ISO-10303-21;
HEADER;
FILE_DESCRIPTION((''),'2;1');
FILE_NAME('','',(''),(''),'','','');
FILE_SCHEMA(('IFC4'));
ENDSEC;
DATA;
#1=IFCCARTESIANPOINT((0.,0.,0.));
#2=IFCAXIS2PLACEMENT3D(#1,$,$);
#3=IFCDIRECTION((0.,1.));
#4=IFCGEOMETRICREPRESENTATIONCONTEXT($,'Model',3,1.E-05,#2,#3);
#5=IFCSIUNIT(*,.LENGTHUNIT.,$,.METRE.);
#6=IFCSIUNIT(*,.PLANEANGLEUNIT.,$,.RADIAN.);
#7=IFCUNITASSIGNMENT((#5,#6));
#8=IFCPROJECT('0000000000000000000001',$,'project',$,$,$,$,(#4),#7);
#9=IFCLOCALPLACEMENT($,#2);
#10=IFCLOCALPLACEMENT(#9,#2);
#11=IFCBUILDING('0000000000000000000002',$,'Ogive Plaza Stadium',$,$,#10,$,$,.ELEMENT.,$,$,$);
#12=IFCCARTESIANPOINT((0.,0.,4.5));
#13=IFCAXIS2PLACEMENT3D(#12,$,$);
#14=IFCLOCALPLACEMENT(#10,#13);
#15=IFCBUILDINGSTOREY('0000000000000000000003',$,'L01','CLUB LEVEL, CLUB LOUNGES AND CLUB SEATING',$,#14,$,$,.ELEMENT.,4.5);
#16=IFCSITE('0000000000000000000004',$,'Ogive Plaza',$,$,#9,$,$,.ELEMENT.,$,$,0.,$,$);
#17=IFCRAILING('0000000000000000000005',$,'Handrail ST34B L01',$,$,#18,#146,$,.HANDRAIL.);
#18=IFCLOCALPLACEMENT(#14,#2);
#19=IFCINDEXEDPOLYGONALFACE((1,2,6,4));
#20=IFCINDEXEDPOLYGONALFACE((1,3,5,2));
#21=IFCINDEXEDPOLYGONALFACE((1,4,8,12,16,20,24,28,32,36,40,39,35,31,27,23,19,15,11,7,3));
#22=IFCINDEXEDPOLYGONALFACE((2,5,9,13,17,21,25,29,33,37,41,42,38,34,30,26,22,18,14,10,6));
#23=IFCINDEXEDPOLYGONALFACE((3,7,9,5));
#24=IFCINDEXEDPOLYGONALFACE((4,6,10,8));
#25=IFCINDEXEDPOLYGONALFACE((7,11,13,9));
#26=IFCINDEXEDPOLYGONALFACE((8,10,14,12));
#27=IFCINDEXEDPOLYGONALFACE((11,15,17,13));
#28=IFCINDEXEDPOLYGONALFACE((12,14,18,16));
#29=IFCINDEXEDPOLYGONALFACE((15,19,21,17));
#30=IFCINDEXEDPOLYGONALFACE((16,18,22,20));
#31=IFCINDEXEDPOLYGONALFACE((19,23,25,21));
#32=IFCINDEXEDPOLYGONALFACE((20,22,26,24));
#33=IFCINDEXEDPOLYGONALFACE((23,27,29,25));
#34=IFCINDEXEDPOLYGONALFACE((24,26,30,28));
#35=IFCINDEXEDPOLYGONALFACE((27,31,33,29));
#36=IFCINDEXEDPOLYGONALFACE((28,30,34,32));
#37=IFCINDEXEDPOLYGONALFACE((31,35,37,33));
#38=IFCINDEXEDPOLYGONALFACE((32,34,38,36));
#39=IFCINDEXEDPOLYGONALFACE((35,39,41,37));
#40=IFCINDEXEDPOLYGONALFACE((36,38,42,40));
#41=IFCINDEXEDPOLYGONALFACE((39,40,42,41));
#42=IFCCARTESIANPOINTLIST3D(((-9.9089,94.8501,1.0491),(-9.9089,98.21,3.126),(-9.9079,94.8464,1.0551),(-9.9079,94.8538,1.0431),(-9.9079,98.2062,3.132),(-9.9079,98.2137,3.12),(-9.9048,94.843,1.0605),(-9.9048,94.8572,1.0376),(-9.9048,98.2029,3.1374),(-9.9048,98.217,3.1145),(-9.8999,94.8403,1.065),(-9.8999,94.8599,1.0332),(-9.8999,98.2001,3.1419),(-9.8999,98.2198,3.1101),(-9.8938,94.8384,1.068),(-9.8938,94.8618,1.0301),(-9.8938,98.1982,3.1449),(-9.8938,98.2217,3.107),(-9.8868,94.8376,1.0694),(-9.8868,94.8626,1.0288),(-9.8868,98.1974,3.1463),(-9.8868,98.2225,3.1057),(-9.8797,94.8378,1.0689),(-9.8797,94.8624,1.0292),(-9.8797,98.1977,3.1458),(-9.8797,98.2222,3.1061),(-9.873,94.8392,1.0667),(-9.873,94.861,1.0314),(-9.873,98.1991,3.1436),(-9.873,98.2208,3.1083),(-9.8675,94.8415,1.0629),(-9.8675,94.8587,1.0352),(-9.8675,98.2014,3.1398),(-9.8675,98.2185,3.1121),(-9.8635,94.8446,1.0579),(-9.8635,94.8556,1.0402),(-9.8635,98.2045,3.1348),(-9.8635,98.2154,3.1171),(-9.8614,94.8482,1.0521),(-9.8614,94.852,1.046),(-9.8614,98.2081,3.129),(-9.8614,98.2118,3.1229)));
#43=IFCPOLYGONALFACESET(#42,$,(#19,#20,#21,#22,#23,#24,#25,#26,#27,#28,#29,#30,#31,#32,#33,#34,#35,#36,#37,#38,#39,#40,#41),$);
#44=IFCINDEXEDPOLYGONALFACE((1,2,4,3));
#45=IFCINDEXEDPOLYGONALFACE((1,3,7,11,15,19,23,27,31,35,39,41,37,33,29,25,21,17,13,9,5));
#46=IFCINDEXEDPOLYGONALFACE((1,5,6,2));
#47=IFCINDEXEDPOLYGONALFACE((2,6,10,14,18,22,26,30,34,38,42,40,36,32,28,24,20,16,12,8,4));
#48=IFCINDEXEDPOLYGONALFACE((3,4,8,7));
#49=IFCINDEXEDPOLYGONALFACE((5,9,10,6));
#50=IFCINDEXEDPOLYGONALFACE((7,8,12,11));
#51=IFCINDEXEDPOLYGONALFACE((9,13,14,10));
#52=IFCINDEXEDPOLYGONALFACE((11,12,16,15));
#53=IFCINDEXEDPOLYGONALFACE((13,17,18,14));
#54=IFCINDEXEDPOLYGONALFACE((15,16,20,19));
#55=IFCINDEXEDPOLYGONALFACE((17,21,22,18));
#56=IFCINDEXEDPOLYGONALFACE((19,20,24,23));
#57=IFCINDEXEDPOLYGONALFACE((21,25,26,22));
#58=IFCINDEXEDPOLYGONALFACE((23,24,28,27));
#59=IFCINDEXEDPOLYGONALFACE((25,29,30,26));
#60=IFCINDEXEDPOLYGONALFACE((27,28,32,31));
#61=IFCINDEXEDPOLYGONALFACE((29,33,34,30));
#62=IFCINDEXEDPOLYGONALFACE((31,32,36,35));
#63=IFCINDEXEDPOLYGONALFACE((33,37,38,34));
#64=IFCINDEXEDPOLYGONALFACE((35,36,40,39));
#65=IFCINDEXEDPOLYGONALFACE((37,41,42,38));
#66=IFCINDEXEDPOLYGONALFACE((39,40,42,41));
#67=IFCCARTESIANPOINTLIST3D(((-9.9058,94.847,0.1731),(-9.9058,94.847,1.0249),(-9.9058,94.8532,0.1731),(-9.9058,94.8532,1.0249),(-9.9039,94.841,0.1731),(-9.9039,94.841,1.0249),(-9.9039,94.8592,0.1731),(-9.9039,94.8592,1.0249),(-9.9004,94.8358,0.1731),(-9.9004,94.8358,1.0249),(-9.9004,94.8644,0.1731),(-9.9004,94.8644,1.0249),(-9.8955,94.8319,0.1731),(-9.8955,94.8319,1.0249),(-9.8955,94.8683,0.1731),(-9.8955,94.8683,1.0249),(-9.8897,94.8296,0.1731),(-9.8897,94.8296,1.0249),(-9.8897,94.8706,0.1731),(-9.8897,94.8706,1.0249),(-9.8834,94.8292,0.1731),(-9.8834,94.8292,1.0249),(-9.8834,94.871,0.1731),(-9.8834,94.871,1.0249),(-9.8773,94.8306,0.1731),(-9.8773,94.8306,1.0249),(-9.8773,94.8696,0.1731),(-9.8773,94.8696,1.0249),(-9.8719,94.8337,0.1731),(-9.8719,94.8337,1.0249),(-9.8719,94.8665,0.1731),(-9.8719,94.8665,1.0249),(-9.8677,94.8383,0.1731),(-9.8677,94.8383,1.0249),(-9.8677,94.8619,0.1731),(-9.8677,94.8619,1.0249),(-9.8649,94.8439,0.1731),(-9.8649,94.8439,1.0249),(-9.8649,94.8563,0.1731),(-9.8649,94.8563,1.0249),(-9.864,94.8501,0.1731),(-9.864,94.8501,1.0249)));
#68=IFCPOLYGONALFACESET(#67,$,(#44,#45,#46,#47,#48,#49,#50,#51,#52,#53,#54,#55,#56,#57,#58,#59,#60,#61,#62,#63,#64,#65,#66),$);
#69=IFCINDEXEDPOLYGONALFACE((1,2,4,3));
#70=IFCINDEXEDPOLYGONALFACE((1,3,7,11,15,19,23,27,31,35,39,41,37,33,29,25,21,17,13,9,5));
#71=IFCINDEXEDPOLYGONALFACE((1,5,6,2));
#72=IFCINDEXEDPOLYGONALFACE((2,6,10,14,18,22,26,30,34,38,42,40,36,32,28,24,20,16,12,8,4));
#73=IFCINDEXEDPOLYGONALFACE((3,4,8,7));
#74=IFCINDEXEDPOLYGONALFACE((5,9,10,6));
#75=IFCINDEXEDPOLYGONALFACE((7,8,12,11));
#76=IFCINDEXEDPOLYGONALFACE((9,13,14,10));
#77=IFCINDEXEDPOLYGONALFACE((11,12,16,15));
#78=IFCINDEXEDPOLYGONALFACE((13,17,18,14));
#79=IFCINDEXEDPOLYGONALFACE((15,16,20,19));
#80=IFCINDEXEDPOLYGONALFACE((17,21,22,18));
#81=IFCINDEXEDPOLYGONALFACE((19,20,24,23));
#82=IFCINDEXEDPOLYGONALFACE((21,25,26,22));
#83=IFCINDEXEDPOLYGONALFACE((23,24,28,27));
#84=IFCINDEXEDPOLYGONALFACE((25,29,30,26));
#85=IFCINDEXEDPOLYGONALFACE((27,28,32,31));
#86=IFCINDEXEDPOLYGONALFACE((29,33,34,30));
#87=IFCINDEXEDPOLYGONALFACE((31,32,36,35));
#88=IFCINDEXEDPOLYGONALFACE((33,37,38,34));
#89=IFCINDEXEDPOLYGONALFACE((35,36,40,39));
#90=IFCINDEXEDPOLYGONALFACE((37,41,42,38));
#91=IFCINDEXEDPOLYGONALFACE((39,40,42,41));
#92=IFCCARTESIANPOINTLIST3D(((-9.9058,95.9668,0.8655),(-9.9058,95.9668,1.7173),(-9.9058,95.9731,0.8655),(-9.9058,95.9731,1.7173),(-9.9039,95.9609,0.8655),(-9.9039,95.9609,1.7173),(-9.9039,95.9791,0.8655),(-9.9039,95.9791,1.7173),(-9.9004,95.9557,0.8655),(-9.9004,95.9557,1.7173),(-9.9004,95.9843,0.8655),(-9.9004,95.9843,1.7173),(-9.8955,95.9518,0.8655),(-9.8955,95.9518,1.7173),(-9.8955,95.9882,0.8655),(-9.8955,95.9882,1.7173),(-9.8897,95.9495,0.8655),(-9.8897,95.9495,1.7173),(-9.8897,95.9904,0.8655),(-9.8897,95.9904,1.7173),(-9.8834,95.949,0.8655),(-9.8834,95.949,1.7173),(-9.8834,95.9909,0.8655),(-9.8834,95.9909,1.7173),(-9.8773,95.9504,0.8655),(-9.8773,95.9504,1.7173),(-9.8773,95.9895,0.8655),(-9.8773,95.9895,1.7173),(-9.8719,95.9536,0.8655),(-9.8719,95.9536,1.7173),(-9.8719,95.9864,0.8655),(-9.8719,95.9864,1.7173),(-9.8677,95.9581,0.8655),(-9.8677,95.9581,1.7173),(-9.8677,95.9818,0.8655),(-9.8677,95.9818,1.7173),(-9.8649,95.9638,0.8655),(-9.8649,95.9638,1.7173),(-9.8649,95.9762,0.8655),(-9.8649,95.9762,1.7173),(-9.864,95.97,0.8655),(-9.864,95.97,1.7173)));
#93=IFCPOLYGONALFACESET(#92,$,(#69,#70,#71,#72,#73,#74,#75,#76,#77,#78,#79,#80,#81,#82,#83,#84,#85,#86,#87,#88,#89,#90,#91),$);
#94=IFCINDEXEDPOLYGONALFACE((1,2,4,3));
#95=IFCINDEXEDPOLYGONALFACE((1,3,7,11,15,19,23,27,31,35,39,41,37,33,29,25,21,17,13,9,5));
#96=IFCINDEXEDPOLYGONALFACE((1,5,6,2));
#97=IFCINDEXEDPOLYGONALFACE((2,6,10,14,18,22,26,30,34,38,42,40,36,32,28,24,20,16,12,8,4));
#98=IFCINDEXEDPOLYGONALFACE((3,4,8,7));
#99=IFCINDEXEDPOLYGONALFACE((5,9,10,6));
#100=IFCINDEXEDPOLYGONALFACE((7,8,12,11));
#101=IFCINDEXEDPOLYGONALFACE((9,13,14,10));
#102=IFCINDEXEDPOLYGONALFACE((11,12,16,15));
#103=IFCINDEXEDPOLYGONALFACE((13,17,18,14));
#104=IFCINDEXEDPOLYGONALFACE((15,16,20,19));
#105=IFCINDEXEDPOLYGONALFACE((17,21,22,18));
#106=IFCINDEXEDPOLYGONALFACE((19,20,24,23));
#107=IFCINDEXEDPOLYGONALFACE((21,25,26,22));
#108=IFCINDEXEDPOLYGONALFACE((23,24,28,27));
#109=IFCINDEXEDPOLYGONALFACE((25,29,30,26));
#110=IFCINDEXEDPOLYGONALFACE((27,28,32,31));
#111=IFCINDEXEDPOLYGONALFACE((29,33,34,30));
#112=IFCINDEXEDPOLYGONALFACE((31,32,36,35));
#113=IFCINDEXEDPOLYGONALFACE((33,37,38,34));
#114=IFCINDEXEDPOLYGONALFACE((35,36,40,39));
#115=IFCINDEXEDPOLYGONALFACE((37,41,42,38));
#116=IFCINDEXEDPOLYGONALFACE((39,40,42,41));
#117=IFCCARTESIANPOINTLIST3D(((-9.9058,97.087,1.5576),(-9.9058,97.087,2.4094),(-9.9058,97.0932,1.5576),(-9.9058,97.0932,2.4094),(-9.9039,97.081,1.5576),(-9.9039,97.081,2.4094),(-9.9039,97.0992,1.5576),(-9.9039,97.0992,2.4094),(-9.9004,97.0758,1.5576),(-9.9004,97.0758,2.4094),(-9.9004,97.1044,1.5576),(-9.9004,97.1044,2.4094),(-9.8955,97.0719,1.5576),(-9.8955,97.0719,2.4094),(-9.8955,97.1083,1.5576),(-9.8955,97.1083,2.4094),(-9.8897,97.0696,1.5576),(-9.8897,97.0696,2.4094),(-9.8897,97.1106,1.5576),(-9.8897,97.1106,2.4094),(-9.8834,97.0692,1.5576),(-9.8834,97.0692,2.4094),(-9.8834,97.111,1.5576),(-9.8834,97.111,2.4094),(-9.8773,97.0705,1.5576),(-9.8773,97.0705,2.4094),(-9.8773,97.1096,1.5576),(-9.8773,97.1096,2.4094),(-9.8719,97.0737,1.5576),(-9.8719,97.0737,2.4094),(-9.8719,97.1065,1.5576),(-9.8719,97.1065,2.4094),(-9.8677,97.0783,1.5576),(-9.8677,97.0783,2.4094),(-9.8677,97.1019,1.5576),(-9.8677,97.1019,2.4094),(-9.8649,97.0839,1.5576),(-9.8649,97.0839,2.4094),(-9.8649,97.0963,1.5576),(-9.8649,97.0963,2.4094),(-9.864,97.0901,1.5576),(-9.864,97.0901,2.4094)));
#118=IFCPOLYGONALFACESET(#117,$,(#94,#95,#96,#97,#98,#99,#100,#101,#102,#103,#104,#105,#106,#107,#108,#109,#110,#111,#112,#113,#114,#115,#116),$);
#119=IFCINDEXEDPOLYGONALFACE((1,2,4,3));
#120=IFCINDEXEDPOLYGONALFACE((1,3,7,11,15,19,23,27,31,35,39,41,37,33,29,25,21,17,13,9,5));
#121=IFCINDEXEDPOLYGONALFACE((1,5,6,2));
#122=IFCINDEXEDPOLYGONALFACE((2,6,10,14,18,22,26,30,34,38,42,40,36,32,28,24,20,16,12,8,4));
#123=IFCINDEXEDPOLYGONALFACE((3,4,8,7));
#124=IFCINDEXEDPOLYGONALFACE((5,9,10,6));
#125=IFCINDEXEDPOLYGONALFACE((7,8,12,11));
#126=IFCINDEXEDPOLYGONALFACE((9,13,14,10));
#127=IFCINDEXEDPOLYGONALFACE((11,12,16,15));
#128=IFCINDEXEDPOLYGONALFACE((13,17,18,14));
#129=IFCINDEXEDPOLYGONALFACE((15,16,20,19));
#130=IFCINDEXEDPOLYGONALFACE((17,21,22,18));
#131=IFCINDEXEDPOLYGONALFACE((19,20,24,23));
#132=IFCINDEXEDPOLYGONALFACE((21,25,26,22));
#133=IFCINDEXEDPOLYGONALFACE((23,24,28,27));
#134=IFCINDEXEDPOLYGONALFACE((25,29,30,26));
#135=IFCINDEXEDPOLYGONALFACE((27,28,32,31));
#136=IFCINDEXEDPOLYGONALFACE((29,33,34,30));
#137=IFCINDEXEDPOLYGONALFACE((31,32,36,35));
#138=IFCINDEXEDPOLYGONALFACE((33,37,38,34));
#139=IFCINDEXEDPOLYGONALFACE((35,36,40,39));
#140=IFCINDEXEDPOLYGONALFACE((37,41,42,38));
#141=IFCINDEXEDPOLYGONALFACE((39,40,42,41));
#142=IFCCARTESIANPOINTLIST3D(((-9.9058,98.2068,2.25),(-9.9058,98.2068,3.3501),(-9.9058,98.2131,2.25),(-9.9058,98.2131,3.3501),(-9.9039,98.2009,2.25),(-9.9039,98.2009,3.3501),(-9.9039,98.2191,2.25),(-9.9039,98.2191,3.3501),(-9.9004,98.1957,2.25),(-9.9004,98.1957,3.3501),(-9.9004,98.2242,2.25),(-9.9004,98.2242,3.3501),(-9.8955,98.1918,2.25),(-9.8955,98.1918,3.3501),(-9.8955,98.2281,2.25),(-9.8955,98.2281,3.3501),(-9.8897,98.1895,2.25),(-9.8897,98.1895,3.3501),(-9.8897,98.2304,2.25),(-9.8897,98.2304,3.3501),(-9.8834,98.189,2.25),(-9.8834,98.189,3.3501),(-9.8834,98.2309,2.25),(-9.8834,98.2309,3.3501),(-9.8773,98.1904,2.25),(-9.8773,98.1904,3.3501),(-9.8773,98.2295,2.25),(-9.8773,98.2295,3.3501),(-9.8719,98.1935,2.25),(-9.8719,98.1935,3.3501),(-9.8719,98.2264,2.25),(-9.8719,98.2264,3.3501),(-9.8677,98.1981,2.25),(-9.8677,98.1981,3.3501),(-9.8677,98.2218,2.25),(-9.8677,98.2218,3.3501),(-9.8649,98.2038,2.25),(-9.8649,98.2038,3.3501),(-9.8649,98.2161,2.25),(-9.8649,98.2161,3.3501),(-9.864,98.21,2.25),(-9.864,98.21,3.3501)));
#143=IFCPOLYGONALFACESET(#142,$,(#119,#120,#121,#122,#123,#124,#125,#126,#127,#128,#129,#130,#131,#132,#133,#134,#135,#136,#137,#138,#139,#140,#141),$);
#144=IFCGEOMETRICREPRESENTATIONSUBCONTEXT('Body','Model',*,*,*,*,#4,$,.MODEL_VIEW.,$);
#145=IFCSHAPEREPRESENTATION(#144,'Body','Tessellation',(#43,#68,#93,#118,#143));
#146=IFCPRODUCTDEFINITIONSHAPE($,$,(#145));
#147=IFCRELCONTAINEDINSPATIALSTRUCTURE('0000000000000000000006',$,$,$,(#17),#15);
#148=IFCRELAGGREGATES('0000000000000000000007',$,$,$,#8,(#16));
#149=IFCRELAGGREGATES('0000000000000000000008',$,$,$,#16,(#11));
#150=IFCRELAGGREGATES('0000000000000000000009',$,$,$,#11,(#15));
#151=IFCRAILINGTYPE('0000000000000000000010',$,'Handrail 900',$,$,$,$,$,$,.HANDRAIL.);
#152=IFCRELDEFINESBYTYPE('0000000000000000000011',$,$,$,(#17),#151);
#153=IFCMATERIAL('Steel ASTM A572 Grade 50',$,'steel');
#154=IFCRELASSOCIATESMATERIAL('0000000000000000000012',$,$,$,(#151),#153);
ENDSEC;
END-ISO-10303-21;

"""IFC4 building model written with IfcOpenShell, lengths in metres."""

from ifc_helpers import new_model, si_unit, direction, frame, origin, origin_2d, place, context, subcontext, project, spatial, circle, extrude, material, type_object, element, save


model = new_model("IFC4")

# Units and contexts
model_context = context("Model", 3, precision=1e-05, world=origin(), true_north=direction((0.0, 1.0)))
body_context = subcontext(model_context, "Body", "Model", "MODEL_VIEW")
ifc_project = project(units=[si_unit("LENGTHUNIT", "METRE"), si_unit("PLANEANGLEUNIT", "RADIAN")], contexts=[model_context])

# Site, building, storey
site_placement = place(None, origin())
site = spatial("IfcSite", under=ifc_project, at=site_placement, Name="Ogive Plaza", CompositionType="ELEMENT", RefElevation=0.0)
building_placement = place(site_placement, origin())
building = spatial("IfcBuilding", under=site, at=building_placement, Name="Ogive Plaza Stadium", CompositionType="ELEMENT")
storey_placement = place(building_placement, frame((0.0, 0.0, 4.5)))
storey = spatial("IfcBuildingStorey", under=building, at=storey_placement, Name="L01", Description="CLUB LEVEL, CLUB LOUNGES AND CLUB SEATING", CompositionType="ELEMENT", Elevation=4.5)

# Railing
ifc_material_1 = material(Name="Steel ASTM A572 Grade 50", Category="steel")
railing_type_1 = type_object("IfcRailingType", Name="Handrail 900", PredefinedType="HANDRAIL", material=ifc_material_1)
for number, where, name in (
    (1, (-9.885, 94.8501, 0.1731), "Handrail ST34B L01"),
):
    element("IfcRailing", number, at=place(storey_placement, frame(where)), inside=storey, type_object=railing_type_1, Name=name, PredefinedType="HANDRAIL", context=body_context, shape_type="SweptSolid", body=[
        extrude(circle(Radius=0.0239, at=origin_2d()), frame((0.0, 0.0, 0.876), z_axis=(0.0, 0.850606, 0.525803), x_axis=(-1.0, 0.0, 0.0)), (0.0, 0.0, 1.0), 3.95),
        extrude(circle(Radius=0.021, at=origin_2d()), origin(), (0.0, 0.0, 1.0), 0.8518),
        extrude(circle(Radius=0.021, at=origin_2d()), frame((0.0, 1.1199, 0.6924)), (0.0, 0.0, 1.0), 0.8518),
        extrude(circle(Radius=0.021, at=origin_2d()), frame((0.0, 2.24, 1.3845)), (0.0, 0.0, 1.0), 0.8518),
        extrude(circle(Radius=0.021, at=origin_2d()), frame((0.0, 3.3599, 2.0769)), (0.0, 0.0, 1.0), 1.1001),
    ])

save(model, "model.ifc")
